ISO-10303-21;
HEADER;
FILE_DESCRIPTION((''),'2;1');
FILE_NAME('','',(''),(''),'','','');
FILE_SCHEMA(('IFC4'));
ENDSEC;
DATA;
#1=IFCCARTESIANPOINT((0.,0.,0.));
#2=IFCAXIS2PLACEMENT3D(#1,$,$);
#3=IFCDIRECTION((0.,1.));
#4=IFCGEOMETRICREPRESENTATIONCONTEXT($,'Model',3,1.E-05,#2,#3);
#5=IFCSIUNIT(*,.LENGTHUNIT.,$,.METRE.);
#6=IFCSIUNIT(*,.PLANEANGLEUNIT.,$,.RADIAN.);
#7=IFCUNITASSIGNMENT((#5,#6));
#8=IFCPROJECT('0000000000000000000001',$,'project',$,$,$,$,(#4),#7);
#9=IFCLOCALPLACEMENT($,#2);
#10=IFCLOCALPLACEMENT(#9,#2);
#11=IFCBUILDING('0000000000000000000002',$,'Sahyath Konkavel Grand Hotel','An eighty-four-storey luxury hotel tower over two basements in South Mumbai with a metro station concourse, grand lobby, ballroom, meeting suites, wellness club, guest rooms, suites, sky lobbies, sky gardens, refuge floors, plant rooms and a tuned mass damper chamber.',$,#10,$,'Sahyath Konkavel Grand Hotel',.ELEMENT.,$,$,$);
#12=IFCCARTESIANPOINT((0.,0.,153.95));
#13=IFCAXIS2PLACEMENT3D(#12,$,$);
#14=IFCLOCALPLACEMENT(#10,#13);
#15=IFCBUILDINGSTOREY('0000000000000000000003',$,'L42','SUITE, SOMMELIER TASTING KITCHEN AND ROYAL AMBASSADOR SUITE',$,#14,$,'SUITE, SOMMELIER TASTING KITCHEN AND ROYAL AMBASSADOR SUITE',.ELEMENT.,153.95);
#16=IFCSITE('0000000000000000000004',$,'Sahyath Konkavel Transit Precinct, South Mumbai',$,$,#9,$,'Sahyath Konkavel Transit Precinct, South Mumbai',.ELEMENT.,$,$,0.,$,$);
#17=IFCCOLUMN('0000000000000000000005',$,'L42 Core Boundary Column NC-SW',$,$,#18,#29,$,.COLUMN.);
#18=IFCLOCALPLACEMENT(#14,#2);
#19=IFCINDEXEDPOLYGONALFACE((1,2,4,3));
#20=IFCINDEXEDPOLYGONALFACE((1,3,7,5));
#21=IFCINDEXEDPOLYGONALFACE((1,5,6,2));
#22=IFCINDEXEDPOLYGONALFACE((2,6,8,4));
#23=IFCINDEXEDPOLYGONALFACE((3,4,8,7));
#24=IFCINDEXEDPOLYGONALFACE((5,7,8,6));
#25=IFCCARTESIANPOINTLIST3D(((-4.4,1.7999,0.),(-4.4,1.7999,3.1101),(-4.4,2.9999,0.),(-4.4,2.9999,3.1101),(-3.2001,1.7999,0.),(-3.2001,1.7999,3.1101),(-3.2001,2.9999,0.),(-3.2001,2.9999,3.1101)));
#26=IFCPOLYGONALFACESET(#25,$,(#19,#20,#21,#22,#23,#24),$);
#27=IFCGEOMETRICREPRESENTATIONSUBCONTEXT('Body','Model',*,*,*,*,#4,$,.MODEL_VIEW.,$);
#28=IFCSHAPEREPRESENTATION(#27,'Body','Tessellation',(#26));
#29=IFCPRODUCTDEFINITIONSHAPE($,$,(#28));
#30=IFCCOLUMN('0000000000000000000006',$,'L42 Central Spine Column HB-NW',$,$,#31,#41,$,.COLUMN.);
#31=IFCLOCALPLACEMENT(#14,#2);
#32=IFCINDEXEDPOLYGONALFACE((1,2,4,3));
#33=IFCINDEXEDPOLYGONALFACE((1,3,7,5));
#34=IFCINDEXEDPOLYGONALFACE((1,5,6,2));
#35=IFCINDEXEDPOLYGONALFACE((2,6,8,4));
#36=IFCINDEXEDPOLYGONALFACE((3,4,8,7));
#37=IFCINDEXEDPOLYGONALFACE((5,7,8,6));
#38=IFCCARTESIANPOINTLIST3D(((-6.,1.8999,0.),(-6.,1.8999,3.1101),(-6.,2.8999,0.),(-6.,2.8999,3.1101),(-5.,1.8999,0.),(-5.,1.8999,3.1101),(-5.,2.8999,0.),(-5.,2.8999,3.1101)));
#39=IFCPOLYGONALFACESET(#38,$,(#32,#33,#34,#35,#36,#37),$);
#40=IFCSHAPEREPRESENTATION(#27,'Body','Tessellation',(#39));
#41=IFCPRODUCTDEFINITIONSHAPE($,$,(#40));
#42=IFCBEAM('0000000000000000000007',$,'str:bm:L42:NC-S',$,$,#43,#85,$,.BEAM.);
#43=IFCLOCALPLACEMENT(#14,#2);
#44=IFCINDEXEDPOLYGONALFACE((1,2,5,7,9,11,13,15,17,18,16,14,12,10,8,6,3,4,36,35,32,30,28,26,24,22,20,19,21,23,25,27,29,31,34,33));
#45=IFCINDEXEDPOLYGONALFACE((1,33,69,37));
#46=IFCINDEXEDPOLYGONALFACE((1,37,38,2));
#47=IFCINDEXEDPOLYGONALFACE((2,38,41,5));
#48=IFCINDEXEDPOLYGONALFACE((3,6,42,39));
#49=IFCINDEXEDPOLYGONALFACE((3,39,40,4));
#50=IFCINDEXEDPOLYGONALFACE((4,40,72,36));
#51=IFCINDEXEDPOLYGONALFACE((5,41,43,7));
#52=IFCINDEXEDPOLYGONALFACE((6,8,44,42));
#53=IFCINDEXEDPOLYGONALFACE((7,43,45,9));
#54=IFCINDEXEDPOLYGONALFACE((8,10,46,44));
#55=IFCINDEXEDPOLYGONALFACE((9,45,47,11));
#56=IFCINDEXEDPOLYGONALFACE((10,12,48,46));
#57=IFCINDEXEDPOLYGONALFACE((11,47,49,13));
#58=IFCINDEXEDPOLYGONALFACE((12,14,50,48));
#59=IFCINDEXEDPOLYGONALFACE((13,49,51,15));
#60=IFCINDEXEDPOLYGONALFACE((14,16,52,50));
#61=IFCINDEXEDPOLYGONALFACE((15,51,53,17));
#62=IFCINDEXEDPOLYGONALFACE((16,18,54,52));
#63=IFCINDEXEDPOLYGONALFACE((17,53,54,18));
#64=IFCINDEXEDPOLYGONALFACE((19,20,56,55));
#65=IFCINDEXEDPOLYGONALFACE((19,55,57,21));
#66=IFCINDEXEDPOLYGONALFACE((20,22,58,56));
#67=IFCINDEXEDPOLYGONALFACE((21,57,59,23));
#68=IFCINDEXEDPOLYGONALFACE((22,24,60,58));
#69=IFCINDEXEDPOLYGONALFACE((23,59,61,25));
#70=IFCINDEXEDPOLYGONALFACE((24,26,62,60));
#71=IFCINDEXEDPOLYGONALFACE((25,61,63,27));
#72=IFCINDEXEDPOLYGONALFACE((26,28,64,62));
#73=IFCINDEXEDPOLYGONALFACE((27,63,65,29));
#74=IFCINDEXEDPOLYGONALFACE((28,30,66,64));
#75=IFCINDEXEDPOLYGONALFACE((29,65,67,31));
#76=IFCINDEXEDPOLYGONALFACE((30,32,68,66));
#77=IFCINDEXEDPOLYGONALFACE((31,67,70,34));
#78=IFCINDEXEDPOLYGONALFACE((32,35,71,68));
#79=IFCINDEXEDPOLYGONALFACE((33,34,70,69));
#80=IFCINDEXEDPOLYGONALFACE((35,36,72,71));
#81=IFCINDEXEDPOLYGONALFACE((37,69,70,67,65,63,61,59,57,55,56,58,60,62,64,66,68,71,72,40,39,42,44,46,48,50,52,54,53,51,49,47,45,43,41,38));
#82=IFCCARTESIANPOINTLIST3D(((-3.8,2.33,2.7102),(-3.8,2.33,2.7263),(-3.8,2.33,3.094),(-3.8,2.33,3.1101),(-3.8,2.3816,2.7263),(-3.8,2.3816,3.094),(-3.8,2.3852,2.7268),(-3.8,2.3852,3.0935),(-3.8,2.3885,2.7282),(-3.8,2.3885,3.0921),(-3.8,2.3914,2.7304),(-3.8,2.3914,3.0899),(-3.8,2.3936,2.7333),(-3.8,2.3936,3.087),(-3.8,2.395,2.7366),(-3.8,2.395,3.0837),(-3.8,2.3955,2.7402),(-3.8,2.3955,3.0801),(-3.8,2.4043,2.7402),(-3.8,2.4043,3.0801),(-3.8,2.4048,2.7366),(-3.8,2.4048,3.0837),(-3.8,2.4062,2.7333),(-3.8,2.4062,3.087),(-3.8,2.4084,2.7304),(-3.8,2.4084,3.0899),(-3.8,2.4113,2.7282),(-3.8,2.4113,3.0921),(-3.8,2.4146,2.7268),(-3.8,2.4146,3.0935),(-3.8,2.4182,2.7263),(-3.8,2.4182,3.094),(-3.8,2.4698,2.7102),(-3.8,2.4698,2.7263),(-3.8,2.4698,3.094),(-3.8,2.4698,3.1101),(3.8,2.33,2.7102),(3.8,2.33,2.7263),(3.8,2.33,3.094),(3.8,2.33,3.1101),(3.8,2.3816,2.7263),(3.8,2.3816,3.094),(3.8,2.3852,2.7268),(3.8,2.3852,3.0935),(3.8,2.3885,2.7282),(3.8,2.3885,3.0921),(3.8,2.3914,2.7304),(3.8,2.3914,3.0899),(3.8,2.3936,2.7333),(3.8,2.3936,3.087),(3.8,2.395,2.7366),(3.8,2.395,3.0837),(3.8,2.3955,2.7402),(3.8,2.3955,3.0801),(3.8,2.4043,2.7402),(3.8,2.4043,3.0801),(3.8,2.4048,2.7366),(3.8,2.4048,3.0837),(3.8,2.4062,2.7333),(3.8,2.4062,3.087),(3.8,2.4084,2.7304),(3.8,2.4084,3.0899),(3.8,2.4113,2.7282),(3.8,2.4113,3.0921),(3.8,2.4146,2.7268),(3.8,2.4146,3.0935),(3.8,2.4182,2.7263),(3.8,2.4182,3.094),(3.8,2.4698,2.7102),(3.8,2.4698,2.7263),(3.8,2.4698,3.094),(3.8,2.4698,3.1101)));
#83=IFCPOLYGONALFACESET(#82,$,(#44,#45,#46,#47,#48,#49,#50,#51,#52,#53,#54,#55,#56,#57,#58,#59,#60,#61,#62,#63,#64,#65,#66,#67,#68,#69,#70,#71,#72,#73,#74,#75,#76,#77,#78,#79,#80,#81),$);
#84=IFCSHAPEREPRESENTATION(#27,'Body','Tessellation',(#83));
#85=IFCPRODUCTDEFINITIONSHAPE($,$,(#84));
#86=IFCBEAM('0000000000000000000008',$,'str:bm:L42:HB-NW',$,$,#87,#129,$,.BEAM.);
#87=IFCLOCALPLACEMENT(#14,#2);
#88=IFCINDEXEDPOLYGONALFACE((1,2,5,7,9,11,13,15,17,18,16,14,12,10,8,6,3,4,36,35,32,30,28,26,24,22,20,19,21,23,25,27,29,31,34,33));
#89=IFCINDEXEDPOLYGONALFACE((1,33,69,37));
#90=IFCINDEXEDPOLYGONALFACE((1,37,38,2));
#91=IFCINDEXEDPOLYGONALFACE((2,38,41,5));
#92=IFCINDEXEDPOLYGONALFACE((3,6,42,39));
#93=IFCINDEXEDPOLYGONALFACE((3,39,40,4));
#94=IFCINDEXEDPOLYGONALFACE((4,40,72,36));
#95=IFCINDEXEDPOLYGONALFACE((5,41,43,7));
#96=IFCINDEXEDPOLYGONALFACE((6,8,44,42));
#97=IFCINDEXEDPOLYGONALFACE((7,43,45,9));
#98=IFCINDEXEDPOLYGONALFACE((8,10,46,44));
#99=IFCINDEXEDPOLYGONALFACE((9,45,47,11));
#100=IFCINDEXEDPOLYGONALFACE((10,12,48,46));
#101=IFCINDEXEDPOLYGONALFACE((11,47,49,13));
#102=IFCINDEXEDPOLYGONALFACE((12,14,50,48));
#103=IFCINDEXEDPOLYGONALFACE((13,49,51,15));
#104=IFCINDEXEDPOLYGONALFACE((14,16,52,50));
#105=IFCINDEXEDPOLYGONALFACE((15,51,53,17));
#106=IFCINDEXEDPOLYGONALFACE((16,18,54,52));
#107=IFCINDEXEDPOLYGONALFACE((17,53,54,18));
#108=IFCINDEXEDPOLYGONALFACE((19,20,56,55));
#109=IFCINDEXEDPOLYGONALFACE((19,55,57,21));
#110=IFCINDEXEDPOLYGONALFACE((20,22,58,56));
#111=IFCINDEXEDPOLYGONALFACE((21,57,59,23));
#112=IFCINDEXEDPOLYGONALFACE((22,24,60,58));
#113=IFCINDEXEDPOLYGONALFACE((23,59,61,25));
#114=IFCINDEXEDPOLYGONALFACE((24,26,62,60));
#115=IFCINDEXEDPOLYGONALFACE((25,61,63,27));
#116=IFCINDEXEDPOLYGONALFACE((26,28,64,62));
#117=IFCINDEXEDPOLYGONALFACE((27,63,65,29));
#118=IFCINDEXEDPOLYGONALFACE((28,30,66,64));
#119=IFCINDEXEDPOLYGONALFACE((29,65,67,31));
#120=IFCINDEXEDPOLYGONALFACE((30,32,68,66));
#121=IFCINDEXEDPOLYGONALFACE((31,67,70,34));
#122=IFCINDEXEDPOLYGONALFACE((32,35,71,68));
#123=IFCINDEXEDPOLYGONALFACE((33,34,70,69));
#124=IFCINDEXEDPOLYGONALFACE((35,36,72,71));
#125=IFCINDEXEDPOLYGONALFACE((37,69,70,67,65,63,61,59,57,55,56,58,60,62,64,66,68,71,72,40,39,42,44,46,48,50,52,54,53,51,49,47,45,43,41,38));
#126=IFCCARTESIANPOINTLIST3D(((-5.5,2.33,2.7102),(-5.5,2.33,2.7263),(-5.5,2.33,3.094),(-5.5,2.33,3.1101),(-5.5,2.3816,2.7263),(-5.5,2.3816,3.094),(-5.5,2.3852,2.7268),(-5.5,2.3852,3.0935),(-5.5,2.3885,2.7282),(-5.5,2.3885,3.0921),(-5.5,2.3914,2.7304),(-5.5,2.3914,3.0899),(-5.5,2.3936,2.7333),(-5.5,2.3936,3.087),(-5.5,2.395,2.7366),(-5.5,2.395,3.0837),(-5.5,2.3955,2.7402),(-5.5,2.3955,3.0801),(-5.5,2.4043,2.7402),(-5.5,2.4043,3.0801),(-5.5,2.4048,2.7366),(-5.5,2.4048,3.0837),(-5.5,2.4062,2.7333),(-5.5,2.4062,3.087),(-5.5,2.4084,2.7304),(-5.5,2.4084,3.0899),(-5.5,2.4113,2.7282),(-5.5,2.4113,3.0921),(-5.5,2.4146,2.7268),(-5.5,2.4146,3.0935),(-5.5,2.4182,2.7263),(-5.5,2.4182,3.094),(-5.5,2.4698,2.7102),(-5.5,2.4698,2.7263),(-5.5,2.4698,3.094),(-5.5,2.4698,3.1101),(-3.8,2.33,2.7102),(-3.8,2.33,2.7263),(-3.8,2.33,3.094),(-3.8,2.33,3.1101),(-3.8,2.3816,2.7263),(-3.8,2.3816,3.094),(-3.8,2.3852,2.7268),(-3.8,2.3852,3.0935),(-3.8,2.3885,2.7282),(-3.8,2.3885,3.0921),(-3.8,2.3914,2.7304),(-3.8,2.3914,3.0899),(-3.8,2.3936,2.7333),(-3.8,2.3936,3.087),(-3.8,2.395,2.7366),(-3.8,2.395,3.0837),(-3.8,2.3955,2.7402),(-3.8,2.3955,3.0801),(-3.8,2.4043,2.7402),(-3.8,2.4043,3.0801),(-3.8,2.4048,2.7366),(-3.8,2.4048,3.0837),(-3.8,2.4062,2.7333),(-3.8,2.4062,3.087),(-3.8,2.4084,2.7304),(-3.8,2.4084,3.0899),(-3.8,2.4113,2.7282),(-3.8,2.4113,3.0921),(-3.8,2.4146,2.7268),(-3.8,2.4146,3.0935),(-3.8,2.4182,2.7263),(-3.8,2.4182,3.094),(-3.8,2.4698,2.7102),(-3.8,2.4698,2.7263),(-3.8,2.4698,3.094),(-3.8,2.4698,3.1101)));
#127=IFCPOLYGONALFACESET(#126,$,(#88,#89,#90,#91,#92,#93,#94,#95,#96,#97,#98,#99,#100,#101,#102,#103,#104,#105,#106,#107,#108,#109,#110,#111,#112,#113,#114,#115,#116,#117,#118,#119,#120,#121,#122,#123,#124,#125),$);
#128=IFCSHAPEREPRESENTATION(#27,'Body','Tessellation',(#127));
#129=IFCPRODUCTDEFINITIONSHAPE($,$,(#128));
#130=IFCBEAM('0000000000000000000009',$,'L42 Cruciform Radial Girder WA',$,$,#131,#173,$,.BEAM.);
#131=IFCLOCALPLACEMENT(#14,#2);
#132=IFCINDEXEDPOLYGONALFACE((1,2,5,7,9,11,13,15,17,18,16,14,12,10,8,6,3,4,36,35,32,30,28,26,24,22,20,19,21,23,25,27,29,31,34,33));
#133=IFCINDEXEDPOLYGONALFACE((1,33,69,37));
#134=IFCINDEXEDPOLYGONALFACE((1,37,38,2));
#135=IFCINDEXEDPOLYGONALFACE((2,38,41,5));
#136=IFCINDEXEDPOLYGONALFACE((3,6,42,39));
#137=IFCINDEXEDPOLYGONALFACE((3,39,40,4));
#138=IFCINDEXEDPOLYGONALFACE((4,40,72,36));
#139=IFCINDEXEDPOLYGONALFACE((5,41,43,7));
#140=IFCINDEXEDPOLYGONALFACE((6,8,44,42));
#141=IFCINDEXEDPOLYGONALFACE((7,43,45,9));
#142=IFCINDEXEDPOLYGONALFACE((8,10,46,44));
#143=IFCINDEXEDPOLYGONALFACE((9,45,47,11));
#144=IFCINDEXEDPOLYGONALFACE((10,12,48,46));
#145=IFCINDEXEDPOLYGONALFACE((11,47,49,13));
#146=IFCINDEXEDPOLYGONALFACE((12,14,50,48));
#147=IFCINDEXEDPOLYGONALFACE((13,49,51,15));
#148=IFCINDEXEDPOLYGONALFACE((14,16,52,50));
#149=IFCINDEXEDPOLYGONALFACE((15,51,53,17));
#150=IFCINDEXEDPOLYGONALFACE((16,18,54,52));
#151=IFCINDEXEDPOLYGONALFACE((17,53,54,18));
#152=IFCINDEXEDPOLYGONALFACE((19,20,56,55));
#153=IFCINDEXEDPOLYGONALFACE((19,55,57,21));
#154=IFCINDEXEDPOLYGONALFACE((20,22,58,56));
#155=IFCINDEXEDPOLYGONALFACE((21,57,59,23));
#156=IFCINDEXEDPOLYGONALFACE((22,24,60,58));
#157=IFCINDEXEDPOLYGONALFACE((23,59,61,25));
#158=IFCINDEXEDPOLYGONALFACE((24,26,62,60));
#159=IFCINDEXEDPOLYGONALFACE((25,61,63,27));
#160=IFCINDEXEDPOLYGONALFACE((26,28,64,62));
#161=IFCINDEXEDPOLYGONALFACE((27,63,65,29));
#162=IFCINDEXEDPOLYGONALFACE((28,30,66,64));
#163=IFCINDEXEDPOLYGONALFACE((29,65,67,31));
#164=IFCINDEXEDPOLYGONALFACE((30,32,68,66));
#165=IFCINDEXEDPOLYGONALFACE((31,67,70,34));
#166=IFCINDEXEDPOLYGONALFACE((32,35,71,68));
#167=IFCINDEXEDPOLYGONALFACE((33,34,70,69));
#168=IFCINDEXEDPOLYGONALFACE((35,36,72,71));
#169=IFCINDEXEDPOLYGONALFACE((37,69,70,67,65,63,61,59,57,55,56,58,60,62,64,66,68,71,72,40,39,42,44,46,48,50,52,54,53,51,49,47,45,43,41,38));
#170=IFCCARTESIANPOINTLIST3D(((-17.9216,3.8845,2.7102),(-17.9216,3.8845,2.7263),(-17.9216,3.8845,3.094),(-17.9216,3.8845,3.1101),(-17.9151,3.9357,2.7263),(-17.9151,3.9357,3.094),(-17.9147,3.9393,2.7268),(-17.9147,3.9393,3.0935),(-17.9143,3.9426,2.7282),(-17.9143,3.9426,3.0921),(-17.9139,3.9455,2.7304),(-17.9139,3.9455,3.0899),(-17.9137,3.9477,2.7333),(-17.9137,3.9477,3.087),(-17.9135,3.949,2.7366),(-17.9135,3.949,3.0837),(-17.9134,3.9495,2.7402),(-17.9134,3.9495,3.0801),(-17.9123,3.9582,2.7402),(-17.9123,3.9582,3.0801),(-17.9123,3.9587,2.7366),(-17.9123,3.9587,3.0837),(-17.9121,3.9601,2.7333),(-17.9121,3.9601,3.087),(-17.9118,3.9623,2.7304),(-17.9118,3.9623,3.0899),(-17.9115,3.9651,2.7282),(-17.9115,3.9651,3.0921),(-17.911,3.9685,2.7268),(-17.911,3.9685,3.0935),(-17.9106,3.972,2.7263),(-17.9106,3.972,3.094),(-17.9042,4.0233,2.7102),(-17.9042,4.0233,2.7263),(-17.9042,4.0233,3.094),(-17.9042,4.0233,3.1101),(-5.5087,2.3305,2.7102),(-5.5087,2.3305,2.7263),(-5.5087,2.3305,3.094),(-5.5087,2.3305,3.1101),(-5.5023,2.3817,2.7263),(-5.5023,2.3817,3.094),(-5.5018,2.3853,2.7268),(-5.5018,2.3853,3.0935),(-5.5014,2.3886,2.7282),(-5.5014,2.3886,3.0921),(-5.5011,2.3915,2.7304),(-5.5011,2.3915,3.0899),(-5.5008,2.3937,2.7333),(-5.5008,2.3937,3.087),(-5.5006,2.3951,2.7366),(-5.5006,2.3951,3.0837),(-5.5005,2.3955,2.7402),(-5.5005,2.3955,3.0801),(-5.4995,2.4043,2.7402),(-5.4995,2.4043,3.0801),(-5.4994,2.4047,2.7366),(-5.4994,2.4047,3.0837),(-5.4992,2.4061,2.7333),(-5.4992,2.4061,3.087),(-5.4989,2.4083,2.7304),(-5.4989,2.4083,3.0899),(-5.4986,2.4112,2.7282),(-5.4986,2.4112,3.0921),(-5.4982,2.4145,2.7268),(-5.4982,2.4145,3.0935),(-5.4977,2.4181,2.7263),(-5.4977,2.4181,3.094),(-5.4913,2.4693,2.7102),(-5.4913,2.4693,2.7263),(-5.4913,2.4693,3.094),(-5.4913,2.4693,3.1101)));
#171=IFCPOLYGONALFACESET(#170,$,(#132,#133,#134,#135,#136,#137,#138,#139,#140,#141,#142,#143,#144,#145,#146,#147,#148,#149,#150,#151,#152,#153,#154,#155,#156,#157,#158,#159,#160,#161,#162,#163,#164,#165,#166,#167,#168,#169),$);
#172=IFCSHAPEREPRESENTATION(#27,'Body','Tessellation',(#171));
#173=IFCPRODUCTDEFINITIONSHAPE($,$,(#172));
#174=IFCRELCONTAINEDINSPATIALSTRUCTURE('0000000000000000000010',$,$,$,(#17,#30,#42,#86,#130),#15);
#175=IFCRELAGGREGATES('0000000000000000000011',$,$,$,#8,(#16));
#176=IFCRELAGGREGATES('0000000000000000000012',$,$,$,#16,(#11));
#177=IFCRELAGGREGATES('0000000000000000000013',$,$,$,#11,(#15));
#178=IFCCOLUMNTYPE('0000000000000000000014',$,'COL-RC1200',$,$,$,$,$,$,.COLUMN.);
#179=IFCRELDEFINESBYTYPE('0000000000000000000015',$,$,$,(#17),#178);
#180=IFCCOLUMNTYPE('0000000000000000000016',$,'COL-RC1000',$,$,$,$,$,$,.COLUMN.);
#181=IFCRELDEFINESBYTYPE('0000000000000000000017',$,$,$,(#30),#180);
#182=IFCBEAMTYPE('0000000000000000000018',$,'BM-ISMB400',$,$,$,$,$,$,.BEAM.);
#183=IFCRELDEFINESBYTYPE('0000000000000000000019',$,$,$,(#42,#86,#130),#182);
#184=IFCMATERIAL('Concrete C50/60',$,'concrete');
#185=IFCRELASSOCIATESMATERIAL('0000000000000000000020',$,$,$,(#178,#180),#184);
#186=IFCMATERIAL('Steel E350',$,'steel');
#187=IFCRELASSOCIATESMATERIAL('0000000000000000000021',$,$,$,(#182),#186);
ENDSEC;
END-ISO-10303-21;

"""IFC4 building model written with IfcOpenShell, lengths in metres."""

from ifc_helpers import new_model, si_unit, direction, frame, origin, origin_2d, place, context, subcontext, project, spatial, rectangle, i_section, extrude, source, transform, mapped, material, material_profile, profile_set, type_object, element, save


model = new_model("IFC4")

# Units and contexts
model_context = context("Model", 3, precision=1e-05, world=origin(), true_north=direction((0.0, 1.0)))
body_context = subcontext(model_context, "Body", "Model", "MODEL_VIEW")
ifc_project = project(units=[si_unit("LENGTHUNIT", "METRE"), si_unit("PLANEANGLEUNIT", "RADIAN")], contexts=[model_context])

# Site, building, storey
site_placement = place(None, origin())
site = spatial("IfcSite", under=ifc_project, at=site_placement, Name="Sahyath Konkavel Transit Precinct, South Mumbai", LongName="Sahyath Konkavel Transit Precinct, South Mumbai", CompositionType="ELEMENT", RefElevation=0.0)
building_placement = place(site_placement, origin())
building = spatial("IfcBuilding", under=site, at=building_placement, Name="Sahyath Konkavel Grand Hotel", Description="An eighty-four-storey luxury hotel tower over two basements in South Mumbai with a metro station concourse, grand lobby, ballroom, meeting suites, wellness club, guest rooms, suites, sky lobbies, sky gardens, refuge floors, plant rooms and a tuned mass damper chamber.", LongName="Sahyath Konkavel Grand Hotel", CompositionType="ELEMENT")
storey_placement = place(building_placement, frame((0.0, 0.0, 153.95)))
storey = spatial("IfcBuildingStorey", under=building, at=storey_placement, Name="L42", Description="SUITE, SOMMELIER TASTING KITCHEN AND ROYAL AMBASSADOR SUITE", LongName="SUITE, SOMMELIER TASTING KITCHEN AND ROYAL AMBASSADOR SUITE", CompositionType="ELEMENT", Elevation=153.95)

# Columns
ifc_material_1 = material(Name="Concrete C50/60", Category="concrete")
ifc_material_profile_1 = material_profile(ifc_material_1, rectangle(XDim=1.2, YDim=1.2, at=origin_2d()), Name="RC 1200x1200")
ifc_profile_set_1 = profile_set([ifc_material_profile_1], Name="Concrete C50/60")
column_type_1 = type_object("IfcColumnType", Name="COL-RC1200", PredefinedType="COLUMN", material=ifc_profile_set_1)
shared_shape_1 = source(origin(), body_context, "Body", "SweptSolid", [
    extrude(rectangle(XDim=1.2, YDim=1.2, at=origin_2d()), origin(), (0.0, 0.0, 1.0), 3.1101),
])
column_1_placement = place(storey_placement, frame((-3.8, 2.3999, 0.0), z_axis=(0.0, 0.0, 1.0), x_axis=(1.0, 0.0, 0.0)))
element("IfcColumn", 1, at=column_1_placement, inside=storey, type_object=column_type_1, Name="L42 Core Boundary Column NC-SW", PredefinedType="COLUMN", context=body_context, shape_type="MappedRepresentation", body=[
    mapped(shared_shape_1, transform((0.0, 0.0, 0.0), scale=1.0)),
])
ifc_material_profile_2 = material_profile(ifc_material_1, rectangle(XDim=1.0, YDim=1.0, at=origin_2d()), Name="RC 1000x1000")
ifc_profile_set_2 = profile_set([ifc_material_profile_2], Name="Concrete C50/60")
column_type_2 = type_object("IfcColumnType", Name="COL-RC1000", PredefinedType="COLUMN", material=ifc_profile_set_2)
shared_shape_2 = source(origin(), body_context, "Body", "SweptSolid", [
    extrude(rectangle(XDim=1.0, YDim=1.0, at=origin_2d()), origin(), (0.0, 0.0, 1.0), 3.1101),
])
column_2_placement = place(storey_placement, frame((-5.5, 2.3999, 0.0), z_axis=(0.0, 0.0, 1.0), x_axis=(1.0, 0.0, 0.0)))
element("IfcColumn", 2, at=column_2_placement, inside=storey, type_object=column_type_2, Name="L42 Central Spine Column HB-NW", PredefinedType="COLUMN", context=body_context, shape_type="MappedRepresentation", body=[
    mapped(shared_shape_2, transform((0.0, 0.0, 0.0), scale=1.0)),
])

# Beams
ifc_material_2 = material(Name="Steel E350", Category="steel")
ifc_material_profile_3 = material_profile(ifc_material_2, i_section(OverallWidth=0.1399, OverallDepth=0.3999, WebThickness=0.0088, FlangeThickness=0.0161, FilletRadius=0.0139, at=origin_2d()), Name="ISMB 400")
ifc_profile_set_3 = profile_set([ifc_material_profile_3], Name="Steel E350")
beam_type = type_object("IfcBeamType", Name="BM-ISMB400", PredefinedType="BEAM", material=ifc_profile_set_3)
shared_shape_3 = source(origin(), body_context, "Body", "SweptSolid", [
    extrude(i_section(OverallWidth=0.1399, OverallDepth=0.3999, WebThickness=0.0088, FlangeThickness=0.0161, FilletRadius=0.0139, at=origin_2d()), origin(), (0.0, 0.0, 1.0), 7.6001),
])
beam_1_placement = place(storey_placement, frame((-3.8, 2.3999, 2.9102), z_axis=(1.0, 0.0, 0.0), x_axis=(0.0, 1.0, 0.0)))
element("IfcBeam", 3, at=beam_1_placement, inside=storey, type_object=beam_type, Name="str:bm:L42:NC-S", PredefinedType="BEAM", context=body_context, shape_type="MappedRepresentation", body=[
    mapped(shared_shape_3, transform((0.0, 0.0, 0.0), scale=1.0)),
])
shared_shape_4 = source(origin(), body_context, "Body", "SweptSolid", [
    extrude(i_section(OverallWidth=0.1399, OverallDepth=0.3999, WebThickness=0.0088, FlangeThickness=0.0161, FilletRadius=0.0139, at=origin_2d()), origin(), (0.0, 0.0, 1.0), 1.7),
])
beam_2_placement = place(storey_placement, frame((-5.5, 2.3999, 2.9102), z_axis=(1.0, 0.0, 0.0), x_axis=(0.0, 1.0, 0.0)))
element("IfcBeam", 4, at=beam_2_placement, inside=storey, type_object=beam_type, Name="str:bm:L42:HB-NW", PredefinedType="BEAM", context=body_context, shape_type="MappedRepresentation", body=[
    mapped(shared_shape_4, transform((0.0, 0.0, 0.0), scale=1.0)),
])
shared_shape_5 = source(origin(), body_context, "Body", "SweptSolid", [
    extrude(i_section(OverallWidth=0.1399, OverallDepth=0.3999, WebThickness=0.0088, FlangeThickness=0.0161, FilletRadius=0.0139, at=origin_2d()), origin(), (0.0, 0.0, 1.0), 12.5098),
])
beam_3_placement = place(storey_placement, frame((-5.5, 2.3999, 2.9102), z_axis=(-0.992255, 0.12422, 0.0), x_axis=(-0.12422, -0.992255, 0.0)))
element("IfcBeam", 5, at=beam_3_placement, inside=storey, type_object=beam_type, Name="L42 Cruciform Radial Girder WA", PredefinedType="BEAM", context=body_context, shape_type="MappedRepresentation", body=[
    mapped(shared_shape_5, transform((0.0, 0.0, 0.0), scale=1.0)),
])

save(model, "model.ifc")
